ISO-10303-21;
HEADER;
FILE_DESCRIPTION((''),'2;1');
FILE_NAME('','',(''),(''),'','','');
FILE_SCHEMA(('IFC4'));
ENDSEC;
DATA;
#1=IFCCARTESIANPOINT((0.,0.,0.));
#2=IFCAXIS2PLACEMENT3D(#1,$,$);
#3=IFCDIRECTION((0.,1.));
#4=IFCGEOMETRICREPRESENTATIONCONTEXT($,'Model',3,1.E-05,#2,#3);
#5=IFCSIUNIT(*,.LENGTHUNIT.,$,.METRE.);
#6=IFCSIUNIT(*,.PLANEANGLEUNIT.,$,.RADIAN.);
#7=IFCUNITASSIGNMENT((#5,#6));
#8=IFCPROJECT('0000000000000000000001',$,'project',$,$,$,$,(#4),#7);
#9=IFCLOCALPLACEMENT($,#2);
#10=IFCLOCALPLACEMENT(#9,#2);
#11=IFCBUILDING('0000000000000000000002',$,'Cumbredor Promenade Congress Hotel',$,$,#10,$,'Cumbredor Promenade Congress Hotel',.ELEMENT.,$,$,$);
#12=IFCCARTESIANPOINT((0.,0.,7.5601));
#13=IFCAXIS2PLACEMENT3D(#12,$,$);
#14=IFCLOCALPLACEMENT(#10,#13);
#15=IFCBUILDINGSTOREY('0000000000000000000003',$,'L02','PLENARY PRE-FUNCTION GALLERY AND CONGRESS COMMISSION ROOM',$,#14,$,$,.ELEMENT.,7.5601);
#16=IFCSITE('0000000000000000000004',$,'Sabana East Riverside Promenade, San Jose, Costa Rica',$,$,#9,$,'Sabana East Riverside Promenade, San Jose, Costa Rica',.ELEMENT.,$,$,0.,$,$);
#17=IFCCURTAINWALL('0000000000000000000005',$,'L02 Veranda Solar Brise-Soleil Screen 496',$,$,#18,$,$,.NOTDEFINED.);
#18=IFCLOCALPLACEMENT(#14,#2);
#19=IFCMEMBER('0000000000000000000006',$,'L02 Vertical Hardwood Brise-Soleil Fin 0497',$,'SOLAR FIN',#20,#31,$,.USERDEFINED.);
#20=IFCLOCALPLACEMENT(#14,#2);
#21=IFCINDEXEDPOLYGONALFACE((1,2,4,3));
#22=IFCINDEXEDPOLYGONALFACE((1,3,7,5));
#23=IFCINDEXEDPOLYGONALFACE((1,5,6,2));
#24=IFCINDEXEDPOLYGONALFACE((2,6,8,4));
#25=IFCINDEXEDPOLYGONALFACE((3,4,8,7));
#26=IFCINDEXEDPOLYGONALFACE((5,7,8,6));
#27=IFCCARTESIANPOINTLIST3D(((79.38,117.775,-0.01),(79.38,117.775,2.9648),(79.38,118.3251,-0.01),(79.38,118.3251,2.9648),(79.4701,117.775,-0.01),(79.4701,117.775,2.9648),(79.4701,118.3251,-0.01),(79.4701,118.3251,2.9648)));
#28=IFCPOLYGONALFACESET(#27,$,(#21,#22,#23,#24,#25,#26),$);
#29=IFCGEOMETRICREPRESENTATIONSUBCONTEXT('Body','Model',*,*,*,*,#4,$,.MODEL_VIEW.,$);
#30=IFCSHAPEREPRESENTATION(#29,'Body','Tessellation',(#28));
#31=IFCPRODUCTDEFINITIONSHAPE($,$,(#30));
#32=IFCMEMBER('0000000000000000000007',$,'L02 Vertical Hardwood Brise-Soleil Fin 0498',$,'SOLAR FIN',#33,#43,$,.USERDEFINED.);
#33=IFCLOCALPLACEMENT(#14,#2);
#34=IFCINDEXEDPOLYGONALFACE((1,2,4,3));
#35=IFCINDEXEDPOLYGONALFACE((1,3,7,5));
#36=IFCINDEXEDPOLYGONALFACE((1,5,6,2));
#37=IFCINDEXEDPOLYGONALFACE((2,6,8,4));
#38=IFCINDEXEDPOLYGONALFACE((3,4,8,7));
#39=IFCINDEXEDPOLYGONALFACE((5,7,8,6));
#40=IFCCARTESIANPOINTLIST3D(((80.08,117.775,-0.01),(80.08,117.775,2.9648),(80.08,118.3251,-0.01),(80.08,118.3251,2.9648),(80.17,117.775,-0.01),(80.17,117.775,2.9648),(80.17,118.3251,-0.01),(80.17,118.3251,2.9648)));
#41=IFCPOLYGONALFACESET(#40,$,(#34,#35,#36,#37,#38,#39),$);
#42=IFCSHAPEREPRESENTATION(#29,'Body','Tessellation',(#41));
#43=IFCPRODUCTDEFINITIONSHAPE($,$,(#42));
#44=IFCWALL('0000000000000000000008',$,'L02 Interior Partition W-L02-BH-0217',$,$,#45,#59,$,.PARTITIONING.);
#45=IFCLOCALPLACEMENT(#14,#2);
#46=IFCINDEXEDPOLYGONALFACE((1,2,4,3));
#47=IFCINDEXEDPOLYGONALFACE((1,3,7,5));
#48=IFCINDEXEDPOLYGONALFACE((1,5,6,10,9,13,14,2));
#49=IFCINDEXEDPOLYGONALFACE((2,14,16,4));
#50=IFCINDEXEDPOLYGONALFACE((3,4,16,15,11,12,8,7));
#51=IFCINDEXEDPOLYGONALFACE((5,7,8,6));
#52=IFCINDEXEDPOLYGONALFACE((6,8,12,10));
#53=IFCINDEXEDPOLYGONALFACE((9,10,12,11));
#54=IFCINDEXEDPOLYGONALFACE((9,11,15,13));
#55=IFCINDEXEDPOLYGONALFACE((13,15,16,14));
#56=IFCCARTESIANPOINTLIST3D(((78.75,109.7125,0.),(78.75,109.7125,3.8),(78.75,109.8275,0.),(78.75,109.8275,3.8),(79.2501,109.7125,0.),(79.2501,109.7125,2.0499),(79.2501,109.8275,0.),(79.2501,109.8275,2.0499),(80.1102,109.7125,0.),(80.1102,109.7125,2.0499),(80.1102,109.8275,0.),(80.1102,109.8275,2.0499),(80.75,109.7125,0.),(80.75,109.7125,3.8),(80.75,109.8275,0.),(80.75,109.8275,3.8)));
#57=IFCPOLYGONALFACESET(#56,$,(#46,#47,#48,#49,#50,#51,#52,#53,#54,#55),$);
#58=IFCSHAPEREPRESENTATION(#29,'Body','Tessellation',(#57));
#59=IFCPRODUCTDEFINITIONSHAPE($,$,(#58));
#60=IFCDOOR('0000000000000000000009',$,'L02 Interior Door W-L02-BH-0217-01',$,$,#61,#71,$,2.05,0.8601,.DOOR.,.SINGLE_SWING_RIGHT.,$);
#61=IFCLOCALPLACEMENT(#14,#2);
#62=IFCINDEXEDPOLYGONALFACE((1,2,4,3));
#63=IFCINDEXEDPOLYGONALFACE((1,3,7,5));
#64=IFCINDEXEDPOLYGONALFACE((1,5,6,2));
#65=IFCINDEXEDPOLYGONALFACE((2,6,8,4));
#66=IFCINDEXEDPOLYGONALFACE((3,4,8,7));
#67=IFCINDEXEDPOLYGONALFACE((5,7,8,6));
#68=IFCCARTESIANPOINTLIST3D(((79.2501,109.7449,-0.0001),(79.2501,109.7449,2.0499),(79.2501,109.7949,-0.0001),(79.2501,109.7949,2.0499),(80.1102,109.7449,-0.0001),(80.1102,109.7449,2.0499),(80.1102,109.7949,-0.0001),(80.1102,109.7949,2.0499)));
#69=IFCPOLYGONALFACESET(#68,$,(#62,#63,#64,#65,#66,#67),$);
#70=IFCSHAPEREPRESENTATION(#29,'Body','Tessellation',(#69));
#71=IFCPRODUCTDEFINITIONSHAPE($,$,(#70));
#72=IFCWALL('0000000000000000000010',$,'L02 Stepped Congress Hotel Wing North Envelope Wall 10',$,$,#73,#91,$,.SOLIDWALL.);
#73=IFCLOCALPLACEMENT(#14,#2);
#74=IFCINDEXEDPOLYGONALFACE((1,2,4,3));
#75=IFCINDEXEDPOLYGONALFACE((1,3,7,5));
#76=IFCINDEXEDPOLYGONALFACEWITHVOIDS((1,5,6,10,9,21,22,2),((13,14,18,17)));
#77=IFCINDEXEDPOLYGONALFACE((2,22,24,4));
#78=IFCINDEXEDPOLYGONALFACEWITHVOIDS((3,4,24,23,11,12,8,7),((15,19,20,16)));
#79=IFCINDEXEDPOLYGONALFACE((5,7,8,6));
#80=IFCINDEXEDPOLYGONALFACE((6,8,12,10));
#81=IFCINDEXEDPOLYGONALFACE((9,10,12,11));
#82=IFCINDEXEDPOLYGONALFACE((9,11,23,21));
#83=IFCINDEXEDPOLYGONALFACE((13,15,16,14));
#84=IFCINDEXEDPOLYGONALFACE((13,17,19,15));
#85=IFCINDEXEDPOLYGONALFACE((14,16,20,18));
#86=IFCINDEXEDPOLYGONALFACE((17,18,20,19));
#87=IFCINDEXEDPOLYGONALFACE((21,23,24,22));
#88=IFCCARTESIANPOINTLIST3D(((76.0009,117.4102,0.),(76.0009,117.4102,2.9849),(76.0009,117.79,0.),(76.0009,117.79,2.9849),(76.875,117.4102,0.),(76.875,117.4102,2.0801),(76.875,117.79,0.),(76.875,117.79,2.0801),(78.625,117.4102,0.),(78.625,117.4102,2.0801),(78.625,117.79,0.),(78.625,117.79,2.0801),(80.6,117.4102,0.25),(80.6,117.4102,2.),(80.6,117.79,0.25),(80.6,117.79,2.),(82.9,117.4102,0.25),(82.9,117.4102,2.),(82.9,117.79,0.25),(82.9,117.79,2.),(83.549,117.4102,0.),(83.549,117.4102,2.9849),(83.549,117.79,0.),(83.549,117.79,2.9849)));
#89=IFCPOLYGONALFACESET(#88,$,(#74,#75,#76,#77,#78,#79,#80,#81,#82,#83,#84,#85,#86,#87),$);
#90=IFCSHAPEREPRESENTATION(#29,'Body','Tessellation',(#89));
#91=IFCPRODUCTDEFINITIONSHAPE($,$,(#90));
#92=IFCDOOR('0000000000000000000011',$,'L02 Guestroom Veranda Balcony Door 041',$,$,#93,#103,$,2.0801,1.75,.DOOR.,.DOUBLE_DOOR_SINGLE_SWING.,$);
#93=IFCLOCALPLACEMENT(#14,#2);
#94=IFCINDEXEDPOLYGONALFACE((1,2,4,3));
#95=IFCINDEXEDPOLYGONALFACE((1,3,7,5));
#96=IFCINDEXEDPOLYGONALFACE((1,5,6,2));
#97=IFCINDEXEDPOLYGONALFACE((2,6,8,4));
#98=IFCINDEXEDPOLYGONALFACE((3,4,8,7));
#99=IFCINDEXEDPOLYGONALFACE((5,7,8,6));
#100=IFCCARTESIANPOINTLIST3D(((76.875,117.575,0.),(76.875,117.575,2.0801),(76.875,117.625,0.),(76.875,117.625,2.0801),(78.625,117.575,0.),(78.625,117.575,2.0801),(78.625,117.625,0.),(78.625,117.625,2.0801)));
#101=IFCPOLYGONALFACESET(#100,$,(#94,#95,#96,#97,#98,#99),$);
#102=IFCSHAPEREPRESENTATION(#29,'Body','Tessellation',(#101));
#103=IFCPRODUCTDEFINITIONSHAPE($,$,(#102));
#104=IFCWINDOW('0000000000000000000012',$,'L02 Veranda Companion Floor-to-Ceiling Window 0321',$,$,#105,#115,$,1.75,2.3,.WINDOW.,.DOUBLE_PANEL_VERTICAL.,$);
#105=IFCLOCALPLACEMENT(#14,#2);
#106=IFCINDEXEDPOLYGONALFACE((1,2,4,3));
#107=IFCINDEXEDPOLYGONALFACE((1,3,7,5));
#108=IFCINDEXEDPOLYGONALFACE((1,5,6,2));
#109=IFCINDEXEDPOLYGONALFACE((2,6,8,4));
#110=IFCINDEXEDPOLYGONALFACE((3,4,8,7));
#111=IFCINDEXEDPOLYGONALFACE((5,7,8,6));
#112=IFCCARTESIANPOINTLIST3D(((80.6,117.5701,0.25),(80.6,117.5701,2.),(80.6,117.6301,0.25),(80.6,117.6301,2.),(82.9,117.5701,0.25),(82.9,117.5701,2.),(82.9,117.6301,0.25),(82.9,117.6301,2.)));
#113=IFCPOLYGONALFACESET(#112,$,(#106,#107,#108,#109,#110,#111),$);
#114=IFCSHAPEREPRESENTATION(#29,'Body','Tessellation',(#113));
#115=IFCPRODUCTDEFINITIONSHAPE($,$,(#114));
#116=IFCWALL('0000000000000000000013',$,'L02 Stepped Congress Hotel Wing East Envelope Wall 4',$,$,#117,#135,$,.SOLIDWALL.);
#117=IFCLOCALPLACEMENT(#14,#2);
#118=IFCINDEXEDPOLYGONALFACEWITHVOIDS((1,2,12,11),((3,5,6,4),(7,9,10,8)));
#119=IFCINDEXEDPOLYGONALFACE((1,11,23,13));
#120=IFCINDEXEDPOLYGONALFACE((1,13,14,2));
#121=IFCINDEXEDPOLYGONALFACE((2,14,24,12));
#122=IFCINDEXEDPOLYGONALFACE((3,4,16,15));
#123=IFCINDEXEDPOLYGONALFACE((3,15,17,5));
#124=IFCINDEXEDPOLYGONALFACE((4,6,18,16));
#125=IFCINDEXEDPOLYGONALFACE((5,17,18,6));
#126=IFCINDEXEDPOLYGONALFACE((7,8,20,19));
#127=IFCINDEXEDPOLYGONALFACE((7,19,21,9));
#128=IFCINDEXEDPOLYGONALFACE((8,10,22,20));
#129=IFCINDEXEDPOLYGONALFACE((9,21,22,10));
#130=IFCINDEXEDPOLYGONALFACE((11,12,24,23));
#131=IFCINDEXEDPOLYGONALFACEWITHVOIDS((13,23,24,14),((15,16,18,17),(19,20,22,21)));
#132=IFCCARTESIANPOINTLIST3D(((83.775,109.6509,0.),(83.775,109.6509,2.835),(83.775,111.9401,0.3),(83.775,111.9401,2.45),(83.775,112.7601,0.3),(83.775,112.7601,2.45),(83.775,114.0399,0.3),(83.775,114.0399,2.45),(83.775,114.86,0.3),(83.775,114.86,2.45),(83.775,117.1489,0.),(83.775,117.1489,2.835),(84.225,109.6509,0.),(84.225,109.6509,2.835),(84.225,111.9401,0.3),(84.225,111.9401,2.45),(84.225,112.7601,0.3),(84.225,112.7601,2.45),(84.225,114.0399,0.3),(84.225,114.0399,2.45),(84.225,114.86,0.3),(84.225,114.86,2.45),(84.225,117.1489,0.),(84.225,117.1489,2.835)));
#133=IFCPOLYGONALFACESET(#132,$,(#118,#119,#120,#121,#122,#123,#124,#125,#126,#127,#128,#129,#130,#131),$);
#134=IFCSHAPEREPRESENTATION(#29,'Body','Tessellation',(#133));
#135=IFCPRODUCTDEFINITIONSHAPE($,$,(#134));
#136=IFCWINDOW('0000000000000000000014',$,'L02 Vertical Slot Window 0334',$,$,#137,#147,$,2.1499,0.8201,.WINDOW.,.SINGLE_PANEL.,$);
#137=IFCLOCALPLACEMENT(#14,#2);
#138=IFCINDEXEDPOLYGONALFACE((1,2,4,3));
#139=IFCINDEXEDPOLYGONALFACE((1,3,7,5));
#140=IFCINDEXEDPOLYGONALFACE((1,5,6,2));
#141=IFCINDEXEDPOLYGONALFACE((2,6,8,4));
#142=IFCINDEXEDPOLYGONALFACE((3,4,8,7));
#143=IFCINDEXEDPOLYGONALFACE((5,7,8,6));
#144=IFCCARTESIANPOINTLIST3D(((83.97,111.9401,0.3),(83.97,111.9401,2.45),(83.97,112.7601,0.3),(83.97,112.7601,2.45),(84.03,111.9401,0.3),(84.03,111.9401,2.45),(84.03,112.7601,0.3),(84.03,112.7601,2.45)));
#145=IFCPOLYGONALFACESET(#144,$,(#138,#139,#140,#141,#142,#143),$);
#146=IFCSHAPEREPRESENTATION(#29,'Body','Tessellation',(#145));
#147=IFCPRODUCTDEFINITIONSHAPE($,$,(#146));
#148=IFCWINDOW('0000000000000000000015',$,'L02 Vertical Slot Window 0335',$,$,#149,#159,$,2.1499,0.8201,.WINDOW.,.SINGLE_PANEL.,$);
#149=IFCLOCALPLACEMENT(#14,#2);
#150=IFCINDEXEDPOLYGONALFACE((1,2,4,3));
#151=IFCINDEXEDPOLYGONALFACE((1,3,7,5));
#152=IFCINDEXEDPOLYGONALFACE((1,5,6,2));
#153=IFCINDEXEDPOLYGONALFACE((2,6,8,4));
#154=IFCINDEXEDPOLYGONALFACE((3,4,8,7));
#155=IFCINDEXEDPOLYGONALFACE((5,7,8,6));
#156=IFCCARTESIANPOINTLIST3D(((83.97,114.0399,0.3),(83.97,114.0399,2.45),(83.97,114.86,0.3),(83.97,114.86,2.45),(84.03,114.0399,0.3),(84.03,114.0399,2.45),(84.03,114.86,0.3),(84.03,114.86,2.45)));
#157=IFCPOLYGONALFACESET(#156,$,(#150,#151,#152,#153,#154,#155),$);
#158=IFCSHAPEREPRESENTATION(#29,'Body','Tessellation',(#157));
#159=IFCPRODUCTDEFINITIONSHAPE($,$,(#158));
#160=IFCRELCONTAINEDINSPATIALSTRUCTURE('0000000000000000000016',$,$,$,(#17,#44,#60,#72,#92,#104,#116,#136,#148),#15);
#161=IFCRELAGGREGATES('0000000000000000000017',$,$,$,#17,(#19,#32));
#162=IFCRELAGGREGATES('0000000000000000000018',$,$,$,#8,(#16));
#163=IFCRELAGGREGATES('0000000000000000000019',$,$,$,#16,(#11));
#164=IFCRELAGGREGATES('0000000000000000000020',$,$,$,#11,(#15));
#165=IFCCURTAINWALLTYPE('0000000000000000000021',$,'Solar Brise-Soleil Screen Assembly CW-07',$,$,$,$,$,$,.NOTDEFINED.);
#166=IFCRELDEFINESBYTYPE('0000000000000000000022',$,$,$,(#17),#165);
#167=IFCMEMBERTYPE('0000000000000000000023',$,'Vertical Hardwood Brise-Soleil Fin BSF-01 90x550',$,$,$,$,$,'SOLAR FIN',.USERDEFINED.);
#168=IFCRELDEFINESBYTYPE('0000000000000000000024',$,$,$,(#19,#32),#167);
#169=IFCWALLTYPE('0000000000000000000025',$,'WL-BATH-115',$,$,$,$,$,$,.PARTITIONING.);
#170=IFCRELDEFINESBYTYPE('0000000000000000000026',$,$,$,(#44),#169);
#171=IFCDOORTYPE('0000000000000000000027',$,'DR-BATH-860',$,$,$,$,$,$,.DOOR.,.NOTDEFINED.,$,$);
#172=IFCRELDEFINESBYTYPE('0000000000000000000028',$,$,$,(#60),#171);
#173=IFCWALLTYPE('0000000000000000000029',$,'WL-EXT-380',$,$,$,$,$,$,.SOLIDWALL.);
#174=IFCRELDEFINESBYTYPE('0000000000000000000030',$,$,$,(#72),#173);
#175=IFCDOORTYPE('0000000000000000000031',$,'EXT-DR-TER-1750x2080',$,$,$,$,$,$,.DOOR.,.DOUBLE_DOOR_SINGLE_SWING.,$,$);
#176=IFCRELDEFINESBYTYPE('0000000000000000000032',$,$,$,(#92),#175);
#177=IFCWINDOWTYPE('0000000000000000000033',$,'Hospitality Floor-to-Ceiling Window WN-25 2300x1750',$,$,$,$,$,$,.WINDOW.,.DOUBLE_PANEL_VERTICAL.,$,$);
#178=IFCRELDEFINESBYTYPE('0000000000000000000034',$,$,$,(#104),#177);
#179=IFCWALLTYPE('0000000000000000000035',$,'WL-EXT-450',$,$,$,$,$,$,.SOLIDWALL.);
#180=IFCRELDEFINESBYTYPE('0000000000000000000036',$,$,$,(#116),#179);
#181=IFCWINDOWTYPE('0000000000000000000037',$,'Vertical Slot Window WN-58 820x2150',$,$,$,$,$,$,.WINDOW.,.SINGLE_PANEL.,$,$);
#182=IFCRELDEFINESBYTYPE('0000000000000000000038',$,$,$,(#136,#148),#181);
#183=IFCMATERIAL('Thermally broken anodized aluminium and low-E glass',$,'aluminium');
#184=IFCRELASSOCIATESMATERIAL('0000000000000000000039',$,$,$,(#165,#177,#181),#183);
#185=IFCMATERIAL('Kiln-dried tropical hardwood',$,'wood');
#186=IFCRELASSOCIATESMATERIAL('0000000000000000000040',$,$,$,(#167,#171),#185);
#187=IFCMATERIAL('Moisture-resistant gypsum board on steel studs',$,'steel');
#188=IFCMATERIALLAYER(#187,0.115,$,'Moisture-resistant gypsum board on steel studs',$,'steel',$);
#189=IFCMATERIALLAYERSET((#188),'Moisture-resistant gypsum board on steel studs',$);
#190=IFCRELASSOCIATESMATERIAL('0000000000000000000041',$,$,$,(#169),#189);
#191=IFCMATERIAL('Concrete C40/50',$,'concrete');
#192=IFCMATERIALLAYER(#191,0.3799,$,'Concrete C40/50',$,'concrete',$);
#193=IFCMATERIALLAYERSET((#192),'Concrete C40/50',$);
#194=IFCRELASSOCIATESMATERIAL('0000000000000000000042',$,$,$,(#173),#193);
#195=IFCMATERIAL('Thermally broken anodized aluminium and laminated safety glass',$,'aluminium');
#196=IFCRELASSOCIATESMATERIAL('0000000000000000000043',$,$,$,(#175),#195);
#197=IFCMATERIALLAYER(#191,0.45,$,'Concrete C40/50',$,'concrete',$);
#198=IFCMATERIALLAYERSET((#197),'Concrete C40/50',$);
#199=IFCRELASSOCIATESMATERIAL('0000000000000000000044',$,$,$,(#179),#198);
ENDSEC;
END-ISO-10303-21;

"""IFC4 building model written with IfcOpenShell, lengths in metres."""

from ifc_helpers import new_model, si_unit, direction, frame, frame_2d, origin, origin_2d, place, context, subcontext, project, spatial, rectangle, extrude, material, layer, layer_set, material_profile, profile_set, type_object, element, fill, aggregate, save


model = new_model("IFC4")

# Units and contexts
model_context = context("Model", 3, precision=1e-05, world=origin(), true_north=direction((0.0, 1.0)))
body_context = subcontext(model_context, "Body", "Model", "MODEL_VIEW")
ifc_project = project(units=[si_unit("LENGTHUNIT", "METRE"), si_unit("PLANEANGLEUNIT", "RADIAN")], contexts=[model_context])

# Site, building, storey
site_placement = place(None, origin())
site = spatial("IfcSite", under=ifc_project, at=site_placement, Name="Sabana East Riverside Promenade, San Jose, Costa Rica", LongName="Sabana East Riverside Promenade, San Jose, Costa Rica", CompositionType="ELEMENT", RefElevation=0.0)
building_placement = place(site_placement, origin())
building = spatial("IfcBuilding", under=site, at=building_placement, Name="Cumbredor Promenade Congress Hotel", LongName="Cumbredor Promenade Congress Hotel", CompositionType="ELEMENT")
storey_placement = place(building_placement, frame((0.0, 0.0, 7.5601)))
storey = spatial("IfcBuildingStorey", under=building, at=storey_placement, Name="L02", Description="PLENARY PRE-FUNCTION GALLERY AND CONGRESS COMMISSION ROOM", CompositionType="ELEMENT", Elevation=7.5601)

# Shared definitions
ifc_material_1 = material(Name="Concrete C40/50", Category="concrete")

# Curtain wall
ifc_material_2 = material(Name="Thermally broken anodized aluminium and low-E glass", Category="aluminium")
curtain_wall_type = type_object("IfcCurtainWallType", Name="Solar Brise-Soleil Screen Assembly CW-07", PredefinedType="NOTDEFINED", material=ifc_material_2)
curtain_wall_1_placement = place(storey_placement, origin())
curtain_wall_1 = element("IfcCurtainWall", 1, at=curtain_wall_1_placement, inside=storey, type_object=curtain_wall_type, Name="L02 Veranda Solar Brise-Soleil Screen 496", PredefinedType="NOTDEFINED")

# Members
ifc_material_3 = material(Name="Kiln-dried tropical hardwood", Category="wood")
ifc_material_profile_1 = material_profile(ifc_material_3, rectangle(XDim=0.0901, YDim=0.55, at=origin_2d()), Name="ARCH FIN 90x550")
ifc_profile_set_1 = profile_set([ifc_material_profile_1], Name="Kiln-dried tropical hardwood")
member_type_1 = type_object("IfcMemberType", Name="Vertical Hardwood Brise-Soleil Fin BSF-01 90x550", ElementType="SOLAR FIN", PredefinedType="USERDEFINED", material=ifc_profile_set_1)
member_1_placement = place(storey_placement, frame((79.425, 118.05, -0.01), z_axis=(0.0, 0.0, 1.0), x_axis=(1.0, 0.0, 0.0)))
member_1 = element("IfcMember", 2, at=member_1_placement, type_object=member_type_1, Name="L02 Vertical Hardwood Brise-Soleil Fin 0497", ObjectType="SOLAR FIN", PredefinedType="USERDEFINED", context=body_context, shape_type="SweptSolid", body=[
    extrude(rectangle(XDim=0.0901, YDim=0.55, at=origin_2d()), origin(), (0.0, 0.0, 1.0), 2.9749),
])
member_2_placement = place(storey_placement, frame((80.125, 118.05, -0.01), z_axis=(0.0, 0.0, 1.0), x_axis=(1.0, 0.0, 0.0)))
member_2 = element("IfcMember", 3, at=member_2_placement, type_object=member_type_1, Name="L02 Vertical Hardwood Brise-Soleil Fin 0498", ObjectType="SOLAR FIN", PredefinedType="USERDEFINED", context=body_context, shape_type="SweptSolid", body=[
    extrude(rectangle(XDim=0.0901, YDim=0.55, at=origin_2d()), origin(), (0.0, 0.0, 1.0), 2.9749),
])
aggregate(curtain_wall_1, [member_1, member_2])

# Wall, opening, door
ifc_material_4 = material(Name="Moisture-resistant gypsum board on steel studs", Category="steel")
ifc_layer_1 = layer(ifc_material_4, 0.115, Name="Moisture-resistant gypsum board on steel studs", Category="steel")
ifc_layer_set_1 = layer_set([ifc_layer_1], Name="Moisture-resistant gypsum board on steel studs")
wall_type_1 = type_object("IfcWallType", Name="WL-BATH-115", PredefinedType="PARTITIONING", material=ifc_layer_set_1)
wall_1_placement = place(storey_placement, frame((78.75, 109.77, 0.0), z_axis=(0.0, 0.0, 1.0), x_axis=(1.0, 0.0, 0.0)))
wall_1 = element("IfcWall", 4, at=wall_1_placement, inside=storey, type_object=wall_type_1, Name="L02 Interior Partition W-L02-BH-0217", PredefinedType="PARTITIONING", context=body_context, shape_type="SweptSolid", body=[
    extrude(rectangle(XDim=2.0, YDim=0.115, at=frame_2d((1.0, 0.0))), origin(), (0.0, 0.0, 1.0), 3.8),
])
opening_1_placement = place(wall_1_placement, frame((0.5, 0.0, 0.0)))
opening_1 = element("IfcOpeningElement", 5, at=opening_1_placement, cuts=wall_1, PredefinedType="OPENING", context=body_context, shape_type="SweptSolid", body=[
    extrude(rectangle(XDim=0.8601, YDim=2.05, at=frame_2d((0.4302, 1.0249))), frame((0.0, 0.0674, 0.0), z_axis=(0.0, -1.0, 0.0), x_axis=(1.0, 0.0, 0.0)), (0.0, 0.0, 1.0), 0.135),
])
door_type_1 = type_object("IfcDoorType", Name="DR-BATH-860", OperationType="NOTDEFINED", PredefinedType="DOOR", material=ifc_material_3)
door_1_placement = place(opening_1_placement, origin())
door_1 = element("IfcDoor", 6, at=door_1_placement, inside=storey, type_object=door_type_1, Name="L02 Interior Door W-L02-BH-0217-01", OperationType="SINGLE_SWING_RIGHT", OverallHeight=2.05, OverallWidth=0.8601, PredefinedType="DOOR", context=body_context, shape_type="SweptSolid", body=[
    extrude(rectangle(XDim=0.8601, YDim=2.05, at=frame_2d((0.4302, 1.0249))), frame((0.0, 0.0249, 0.0), z_axis=(0.0, -1.0, 0.0), x_axis=(1.0, 0.0, 0.0)), (0.0, 0.0, 1.0), 0.05),
])
fill(opening_1, door_1)

# Wall, openings, door, window
ifc_layer_2 = layer(ifc_material_1, 0.3799, Name="Concrete C40/50", Category="concrete")
ifc_layer_set_2 = layer_set([ifc_layer_2], Name="Concrete C40/50")
wall_type_2 = type_object("IfcWallType", Name="WL-EXT-380", PredefinedType="SOLIDWALL", material=ifc_layer_set_2)
wall_2_placement = place(storey_placement, frame((76.001, 117.6001, 0.0), z_axis=(0.0, 0.0, 1.0), x_axis=(1.0, 0.0, 0.0)))
wall_2 = element("IfcWall", 7, at=wall_2_placement, inside=storey, type_object=wall_type_2, Name="L02 Stepped Congress Hotel Wing North Envelope Wall 10", PredefinedType="SOLIDWALL", context=body_context, shape_type="SweptSolid", body=[
    extrude(rectangle(XDim=7.5481, YDim=0.3799, at=frame_2d((3.7739, 0.0))), origin(), (0.0, 0.0, 1.0), 2.9849),
])
opening_2_placement = place(wall_2_placement, frame((0.874, 0.0, 0.0)))
opening_2 = element("IfcOpeningElement", 8, at=opening_2_placement, cuts=wall_2, PredefinedType="OPENING", context=body_context, shape_type="SweptSolid", body=[
    extrude(rectangle(XDim=1.75, YDim=2.0801, at=frame_2d((0.875, 1.04))), frame((0.0, 0.2, 0.0), z_axis=(0.0, -1.0, 0.0), x_axis=(1.0, 0.0, 0.0)), (0.0, 0.0, 1.0), 0.3999),
])
opening_3_placement = place(wall_2_placement, frame((4.5991, 0.0, 0.25)))
opening_3 = element("IfcOpeningElement", 9, at=opening_3_placement, cuts=wall_2, PredefinedType="OPENING", context=body_context, shape_type="SweptSolid", body=[
    extrude(rectangle(XDim=2.3, YDim=1.75, at=frame_2d((1.1499, 0.875))), frame((0.0, 0.2, 0.0), z_axis=(0.0, -1.0, 0.0), x_axis=(1.0, 0.0, 0.0)), (0.0, 0.0, 1.0), 0.3999),
])
ifc_material_5 = material(Name="Thermally broken anodized aluminium and laminated safety glass", Category="aluminium")
door_type_2 = type_object("IfcDoorType", Name="EXT-DR-TER-1750x2080", OperationType="DOUBLE_DOOR_SINGLE_SWING", PredefinedType="DOOR", material=ifc_material_5)
door_2_placement = place(opening_2_placement, origin())
door_2 = element("IfcDoor", 10, at=door_2_placement, inside=storey, type_object=door_type_2, Name="L02 Guestroom Veranda Balcony Door 041", OperationType="DOUBLE_DOOR_SINGLE_SWING", OverallHeight=2.0801, OverallWidth=1.75, PredefinedType="DOOR", context=body_context, shape_type="SweptSolid", body=[
    extrude(rectangle(XDim=1.75, YDim=2.0801, at=frame_2d((0.875, 1.04))), frame((0.0, 0.0249, 0.0), z_axis=(0.0, -1.0, 0.0), x_axis=(1.0, 0.0, 0.0)), (0.0, 0.0, 1.0), 0.05),
])
fill(opening_2, door_2)
window_type_1 = type_object("IfcWindowType", Name="Hospitality Floor-to-Ceiling Window WN-25 2300x1750", PartitioningType="DOUBLE_PANEL_VERTICAL", PredefinedType="WINDOW", material=ifc_material_2)
window_1_placement = place(opening_3_placement, origin())
window_1 = element("IfcWindow", 11, at=window_1_placement, inside=storey, type_object=window_type_1, Name="L02 Veranda Companion Floor-to-Ceiling Window 0321", OverallHeight=1.75, OverallWidth=2.3, PartitioningType="DOUBLE_PANEL_VERTICAL", PredefinedType="WINDOW", context=body_context, shape_type="SweptSolid", body=[
    extrude(rectangle(XDim=2.3, YDim=1.75, at=frame_2d((1.1499, 0.875))), frame((0.0, 0.03, 0.0), z_axis=(0.0, -1.0, 0.0), x_axis=(1.0, 0.0, 0.0)), (0.0, 0.0, 1.0), 0.0601),
])
fill(opening_3, window_1)

# Wall, openings, windows
ifc_layer_3 = layer(ifc_material_1, 0.45, Name="Concrete C40/50", Category="concrete")
ifc_layer_set_3 = layer_set([ifc_layer_3], Name="Concrete C40/50")
wall_type_3 = type_object("IfcWallType", Name="WL-EXT-450", PredefinedType="SOLIDWALL", material=ifc_layer_set_3)
wall_3_placement = place(storey_placement, frame((84.0, 109.6509, 0.0), z_axis=(0.0, 0.0, 1.0), x_axis=(0.0, 1.0, 0.0)))
wall_3 = element("IfcWall", 12, at=wall_3_placement, inside=storey, type_object=wall_type_3, Name="L02 Stepped Congress Hotel Wing East Envelope Wall 4", PredefinedType="SOLIDWALL", context=body_context, shape_type="SweptSolid", body=[
    extrude(rectangle(XDim=7.498, YDim=0.45, at=frame_2d((3.749, 0.0))), origin(), (0.0, 0.0, 1.0), 2.835),
])
opening_4_placement = place(wall_3_placement, frame((2.2891, 0.0, 0.3)))
opening_4 = element("IfcOpeningElement", 13, at=opening_4_placement, cuts=wall_3, PredefinedType="OPENING", context=body_context, shape_type="SweptSolid", body=[
    extrude(rectangle(XDim=0.8201, YDim=2.1499, at=frame_2d((0.4102, 1.075))), frame((0.0, 0.2349, 0.0), z_axis=(0.0, -1.0, 0.0), x_axis=(1.0, 0.0, 0.0)), (0.0, 0.0, 1.0), 0.47),
])
opening_5_placement = place(wall_3_placement, frame((4.3889, 0.0, 0.3)))
opening_5 = element("IfcOpeningElement", 14, at=opening_5_placement, cuts=wall_3, PredefinedType="OPENING", context=body_context, shape_type="SweptSolid", body=[
    extrude(rectangle(XDim=0.8201, YDim=2.1499, at=frame_2d((0.4102, 1.075))), frame((0.0, 0.2349, 0.0), z_axis=(0.0, -1.0, 0.0), x_axis=(1.0, 0.0, 0.0)), (0.0, 0.0, 1.0), 0.47),
])
window_type_2 = type_object("IfcWindowType", Name="Vertical Slot Window WN-58 820x2150", PartitioningType="SINGLE_PANEL", PredefinedType="WINDOW", material=ifc_material_2)
window_2_placement = place(opening_4_placement, origin())
window_2 = element("IfcWindow", 15, at=window_2_placement, inside=storey, type_object=window_type_2, Name="L02 Vertical Slot Window 0334", OverallHeight=2.1499, OverallWidth=0.8201, PartitioningType="SINGLE_PANEL", PredefinedType="WINDOW", context=body_context, shape_type="SweptSolid", body=[
    extrude(rectangle(XDim=0.8201, YDim=2.1499, at=frame_2d((0.4102, 1.075))), frame((0.0, 0.03, 0.0), z_axis=(0.0, -1.0, 0.0), x_axis=(1.0, 0.0, 0.0)), (0.0, 0.0, 1.0), 0.0601),
])
fill(opening_4, window_2)
window_3_placement = place(opening_5_placement, origin())
window_3 = element("IfcWindow", 16, at=window_3_placement, inside=storey, type_object=window_type_2, Name="L02 Vertical Slot Window 0335", OverallHeight=2.1499, OverallWidth=0.8201, PartitioningType="SINGLE_PANEL", PredefinedType="WINDOW", context=body_context, shape_type="SweptSolid", body=[
    extrude(rectangle(XDim=0.8201, YDim=2.1499, at=frame_2d((0.4102, 1.075))), frame((0.0, 0.03, 0.0), z_axis=(0.0, -1.0, 0.0), x_axis=(1.0, 0.0, 0.0)), (0.0, 0.0, 1.0), 0.0601),
])
fill(opening_5, window_3)

save(model, "model.ifc")
